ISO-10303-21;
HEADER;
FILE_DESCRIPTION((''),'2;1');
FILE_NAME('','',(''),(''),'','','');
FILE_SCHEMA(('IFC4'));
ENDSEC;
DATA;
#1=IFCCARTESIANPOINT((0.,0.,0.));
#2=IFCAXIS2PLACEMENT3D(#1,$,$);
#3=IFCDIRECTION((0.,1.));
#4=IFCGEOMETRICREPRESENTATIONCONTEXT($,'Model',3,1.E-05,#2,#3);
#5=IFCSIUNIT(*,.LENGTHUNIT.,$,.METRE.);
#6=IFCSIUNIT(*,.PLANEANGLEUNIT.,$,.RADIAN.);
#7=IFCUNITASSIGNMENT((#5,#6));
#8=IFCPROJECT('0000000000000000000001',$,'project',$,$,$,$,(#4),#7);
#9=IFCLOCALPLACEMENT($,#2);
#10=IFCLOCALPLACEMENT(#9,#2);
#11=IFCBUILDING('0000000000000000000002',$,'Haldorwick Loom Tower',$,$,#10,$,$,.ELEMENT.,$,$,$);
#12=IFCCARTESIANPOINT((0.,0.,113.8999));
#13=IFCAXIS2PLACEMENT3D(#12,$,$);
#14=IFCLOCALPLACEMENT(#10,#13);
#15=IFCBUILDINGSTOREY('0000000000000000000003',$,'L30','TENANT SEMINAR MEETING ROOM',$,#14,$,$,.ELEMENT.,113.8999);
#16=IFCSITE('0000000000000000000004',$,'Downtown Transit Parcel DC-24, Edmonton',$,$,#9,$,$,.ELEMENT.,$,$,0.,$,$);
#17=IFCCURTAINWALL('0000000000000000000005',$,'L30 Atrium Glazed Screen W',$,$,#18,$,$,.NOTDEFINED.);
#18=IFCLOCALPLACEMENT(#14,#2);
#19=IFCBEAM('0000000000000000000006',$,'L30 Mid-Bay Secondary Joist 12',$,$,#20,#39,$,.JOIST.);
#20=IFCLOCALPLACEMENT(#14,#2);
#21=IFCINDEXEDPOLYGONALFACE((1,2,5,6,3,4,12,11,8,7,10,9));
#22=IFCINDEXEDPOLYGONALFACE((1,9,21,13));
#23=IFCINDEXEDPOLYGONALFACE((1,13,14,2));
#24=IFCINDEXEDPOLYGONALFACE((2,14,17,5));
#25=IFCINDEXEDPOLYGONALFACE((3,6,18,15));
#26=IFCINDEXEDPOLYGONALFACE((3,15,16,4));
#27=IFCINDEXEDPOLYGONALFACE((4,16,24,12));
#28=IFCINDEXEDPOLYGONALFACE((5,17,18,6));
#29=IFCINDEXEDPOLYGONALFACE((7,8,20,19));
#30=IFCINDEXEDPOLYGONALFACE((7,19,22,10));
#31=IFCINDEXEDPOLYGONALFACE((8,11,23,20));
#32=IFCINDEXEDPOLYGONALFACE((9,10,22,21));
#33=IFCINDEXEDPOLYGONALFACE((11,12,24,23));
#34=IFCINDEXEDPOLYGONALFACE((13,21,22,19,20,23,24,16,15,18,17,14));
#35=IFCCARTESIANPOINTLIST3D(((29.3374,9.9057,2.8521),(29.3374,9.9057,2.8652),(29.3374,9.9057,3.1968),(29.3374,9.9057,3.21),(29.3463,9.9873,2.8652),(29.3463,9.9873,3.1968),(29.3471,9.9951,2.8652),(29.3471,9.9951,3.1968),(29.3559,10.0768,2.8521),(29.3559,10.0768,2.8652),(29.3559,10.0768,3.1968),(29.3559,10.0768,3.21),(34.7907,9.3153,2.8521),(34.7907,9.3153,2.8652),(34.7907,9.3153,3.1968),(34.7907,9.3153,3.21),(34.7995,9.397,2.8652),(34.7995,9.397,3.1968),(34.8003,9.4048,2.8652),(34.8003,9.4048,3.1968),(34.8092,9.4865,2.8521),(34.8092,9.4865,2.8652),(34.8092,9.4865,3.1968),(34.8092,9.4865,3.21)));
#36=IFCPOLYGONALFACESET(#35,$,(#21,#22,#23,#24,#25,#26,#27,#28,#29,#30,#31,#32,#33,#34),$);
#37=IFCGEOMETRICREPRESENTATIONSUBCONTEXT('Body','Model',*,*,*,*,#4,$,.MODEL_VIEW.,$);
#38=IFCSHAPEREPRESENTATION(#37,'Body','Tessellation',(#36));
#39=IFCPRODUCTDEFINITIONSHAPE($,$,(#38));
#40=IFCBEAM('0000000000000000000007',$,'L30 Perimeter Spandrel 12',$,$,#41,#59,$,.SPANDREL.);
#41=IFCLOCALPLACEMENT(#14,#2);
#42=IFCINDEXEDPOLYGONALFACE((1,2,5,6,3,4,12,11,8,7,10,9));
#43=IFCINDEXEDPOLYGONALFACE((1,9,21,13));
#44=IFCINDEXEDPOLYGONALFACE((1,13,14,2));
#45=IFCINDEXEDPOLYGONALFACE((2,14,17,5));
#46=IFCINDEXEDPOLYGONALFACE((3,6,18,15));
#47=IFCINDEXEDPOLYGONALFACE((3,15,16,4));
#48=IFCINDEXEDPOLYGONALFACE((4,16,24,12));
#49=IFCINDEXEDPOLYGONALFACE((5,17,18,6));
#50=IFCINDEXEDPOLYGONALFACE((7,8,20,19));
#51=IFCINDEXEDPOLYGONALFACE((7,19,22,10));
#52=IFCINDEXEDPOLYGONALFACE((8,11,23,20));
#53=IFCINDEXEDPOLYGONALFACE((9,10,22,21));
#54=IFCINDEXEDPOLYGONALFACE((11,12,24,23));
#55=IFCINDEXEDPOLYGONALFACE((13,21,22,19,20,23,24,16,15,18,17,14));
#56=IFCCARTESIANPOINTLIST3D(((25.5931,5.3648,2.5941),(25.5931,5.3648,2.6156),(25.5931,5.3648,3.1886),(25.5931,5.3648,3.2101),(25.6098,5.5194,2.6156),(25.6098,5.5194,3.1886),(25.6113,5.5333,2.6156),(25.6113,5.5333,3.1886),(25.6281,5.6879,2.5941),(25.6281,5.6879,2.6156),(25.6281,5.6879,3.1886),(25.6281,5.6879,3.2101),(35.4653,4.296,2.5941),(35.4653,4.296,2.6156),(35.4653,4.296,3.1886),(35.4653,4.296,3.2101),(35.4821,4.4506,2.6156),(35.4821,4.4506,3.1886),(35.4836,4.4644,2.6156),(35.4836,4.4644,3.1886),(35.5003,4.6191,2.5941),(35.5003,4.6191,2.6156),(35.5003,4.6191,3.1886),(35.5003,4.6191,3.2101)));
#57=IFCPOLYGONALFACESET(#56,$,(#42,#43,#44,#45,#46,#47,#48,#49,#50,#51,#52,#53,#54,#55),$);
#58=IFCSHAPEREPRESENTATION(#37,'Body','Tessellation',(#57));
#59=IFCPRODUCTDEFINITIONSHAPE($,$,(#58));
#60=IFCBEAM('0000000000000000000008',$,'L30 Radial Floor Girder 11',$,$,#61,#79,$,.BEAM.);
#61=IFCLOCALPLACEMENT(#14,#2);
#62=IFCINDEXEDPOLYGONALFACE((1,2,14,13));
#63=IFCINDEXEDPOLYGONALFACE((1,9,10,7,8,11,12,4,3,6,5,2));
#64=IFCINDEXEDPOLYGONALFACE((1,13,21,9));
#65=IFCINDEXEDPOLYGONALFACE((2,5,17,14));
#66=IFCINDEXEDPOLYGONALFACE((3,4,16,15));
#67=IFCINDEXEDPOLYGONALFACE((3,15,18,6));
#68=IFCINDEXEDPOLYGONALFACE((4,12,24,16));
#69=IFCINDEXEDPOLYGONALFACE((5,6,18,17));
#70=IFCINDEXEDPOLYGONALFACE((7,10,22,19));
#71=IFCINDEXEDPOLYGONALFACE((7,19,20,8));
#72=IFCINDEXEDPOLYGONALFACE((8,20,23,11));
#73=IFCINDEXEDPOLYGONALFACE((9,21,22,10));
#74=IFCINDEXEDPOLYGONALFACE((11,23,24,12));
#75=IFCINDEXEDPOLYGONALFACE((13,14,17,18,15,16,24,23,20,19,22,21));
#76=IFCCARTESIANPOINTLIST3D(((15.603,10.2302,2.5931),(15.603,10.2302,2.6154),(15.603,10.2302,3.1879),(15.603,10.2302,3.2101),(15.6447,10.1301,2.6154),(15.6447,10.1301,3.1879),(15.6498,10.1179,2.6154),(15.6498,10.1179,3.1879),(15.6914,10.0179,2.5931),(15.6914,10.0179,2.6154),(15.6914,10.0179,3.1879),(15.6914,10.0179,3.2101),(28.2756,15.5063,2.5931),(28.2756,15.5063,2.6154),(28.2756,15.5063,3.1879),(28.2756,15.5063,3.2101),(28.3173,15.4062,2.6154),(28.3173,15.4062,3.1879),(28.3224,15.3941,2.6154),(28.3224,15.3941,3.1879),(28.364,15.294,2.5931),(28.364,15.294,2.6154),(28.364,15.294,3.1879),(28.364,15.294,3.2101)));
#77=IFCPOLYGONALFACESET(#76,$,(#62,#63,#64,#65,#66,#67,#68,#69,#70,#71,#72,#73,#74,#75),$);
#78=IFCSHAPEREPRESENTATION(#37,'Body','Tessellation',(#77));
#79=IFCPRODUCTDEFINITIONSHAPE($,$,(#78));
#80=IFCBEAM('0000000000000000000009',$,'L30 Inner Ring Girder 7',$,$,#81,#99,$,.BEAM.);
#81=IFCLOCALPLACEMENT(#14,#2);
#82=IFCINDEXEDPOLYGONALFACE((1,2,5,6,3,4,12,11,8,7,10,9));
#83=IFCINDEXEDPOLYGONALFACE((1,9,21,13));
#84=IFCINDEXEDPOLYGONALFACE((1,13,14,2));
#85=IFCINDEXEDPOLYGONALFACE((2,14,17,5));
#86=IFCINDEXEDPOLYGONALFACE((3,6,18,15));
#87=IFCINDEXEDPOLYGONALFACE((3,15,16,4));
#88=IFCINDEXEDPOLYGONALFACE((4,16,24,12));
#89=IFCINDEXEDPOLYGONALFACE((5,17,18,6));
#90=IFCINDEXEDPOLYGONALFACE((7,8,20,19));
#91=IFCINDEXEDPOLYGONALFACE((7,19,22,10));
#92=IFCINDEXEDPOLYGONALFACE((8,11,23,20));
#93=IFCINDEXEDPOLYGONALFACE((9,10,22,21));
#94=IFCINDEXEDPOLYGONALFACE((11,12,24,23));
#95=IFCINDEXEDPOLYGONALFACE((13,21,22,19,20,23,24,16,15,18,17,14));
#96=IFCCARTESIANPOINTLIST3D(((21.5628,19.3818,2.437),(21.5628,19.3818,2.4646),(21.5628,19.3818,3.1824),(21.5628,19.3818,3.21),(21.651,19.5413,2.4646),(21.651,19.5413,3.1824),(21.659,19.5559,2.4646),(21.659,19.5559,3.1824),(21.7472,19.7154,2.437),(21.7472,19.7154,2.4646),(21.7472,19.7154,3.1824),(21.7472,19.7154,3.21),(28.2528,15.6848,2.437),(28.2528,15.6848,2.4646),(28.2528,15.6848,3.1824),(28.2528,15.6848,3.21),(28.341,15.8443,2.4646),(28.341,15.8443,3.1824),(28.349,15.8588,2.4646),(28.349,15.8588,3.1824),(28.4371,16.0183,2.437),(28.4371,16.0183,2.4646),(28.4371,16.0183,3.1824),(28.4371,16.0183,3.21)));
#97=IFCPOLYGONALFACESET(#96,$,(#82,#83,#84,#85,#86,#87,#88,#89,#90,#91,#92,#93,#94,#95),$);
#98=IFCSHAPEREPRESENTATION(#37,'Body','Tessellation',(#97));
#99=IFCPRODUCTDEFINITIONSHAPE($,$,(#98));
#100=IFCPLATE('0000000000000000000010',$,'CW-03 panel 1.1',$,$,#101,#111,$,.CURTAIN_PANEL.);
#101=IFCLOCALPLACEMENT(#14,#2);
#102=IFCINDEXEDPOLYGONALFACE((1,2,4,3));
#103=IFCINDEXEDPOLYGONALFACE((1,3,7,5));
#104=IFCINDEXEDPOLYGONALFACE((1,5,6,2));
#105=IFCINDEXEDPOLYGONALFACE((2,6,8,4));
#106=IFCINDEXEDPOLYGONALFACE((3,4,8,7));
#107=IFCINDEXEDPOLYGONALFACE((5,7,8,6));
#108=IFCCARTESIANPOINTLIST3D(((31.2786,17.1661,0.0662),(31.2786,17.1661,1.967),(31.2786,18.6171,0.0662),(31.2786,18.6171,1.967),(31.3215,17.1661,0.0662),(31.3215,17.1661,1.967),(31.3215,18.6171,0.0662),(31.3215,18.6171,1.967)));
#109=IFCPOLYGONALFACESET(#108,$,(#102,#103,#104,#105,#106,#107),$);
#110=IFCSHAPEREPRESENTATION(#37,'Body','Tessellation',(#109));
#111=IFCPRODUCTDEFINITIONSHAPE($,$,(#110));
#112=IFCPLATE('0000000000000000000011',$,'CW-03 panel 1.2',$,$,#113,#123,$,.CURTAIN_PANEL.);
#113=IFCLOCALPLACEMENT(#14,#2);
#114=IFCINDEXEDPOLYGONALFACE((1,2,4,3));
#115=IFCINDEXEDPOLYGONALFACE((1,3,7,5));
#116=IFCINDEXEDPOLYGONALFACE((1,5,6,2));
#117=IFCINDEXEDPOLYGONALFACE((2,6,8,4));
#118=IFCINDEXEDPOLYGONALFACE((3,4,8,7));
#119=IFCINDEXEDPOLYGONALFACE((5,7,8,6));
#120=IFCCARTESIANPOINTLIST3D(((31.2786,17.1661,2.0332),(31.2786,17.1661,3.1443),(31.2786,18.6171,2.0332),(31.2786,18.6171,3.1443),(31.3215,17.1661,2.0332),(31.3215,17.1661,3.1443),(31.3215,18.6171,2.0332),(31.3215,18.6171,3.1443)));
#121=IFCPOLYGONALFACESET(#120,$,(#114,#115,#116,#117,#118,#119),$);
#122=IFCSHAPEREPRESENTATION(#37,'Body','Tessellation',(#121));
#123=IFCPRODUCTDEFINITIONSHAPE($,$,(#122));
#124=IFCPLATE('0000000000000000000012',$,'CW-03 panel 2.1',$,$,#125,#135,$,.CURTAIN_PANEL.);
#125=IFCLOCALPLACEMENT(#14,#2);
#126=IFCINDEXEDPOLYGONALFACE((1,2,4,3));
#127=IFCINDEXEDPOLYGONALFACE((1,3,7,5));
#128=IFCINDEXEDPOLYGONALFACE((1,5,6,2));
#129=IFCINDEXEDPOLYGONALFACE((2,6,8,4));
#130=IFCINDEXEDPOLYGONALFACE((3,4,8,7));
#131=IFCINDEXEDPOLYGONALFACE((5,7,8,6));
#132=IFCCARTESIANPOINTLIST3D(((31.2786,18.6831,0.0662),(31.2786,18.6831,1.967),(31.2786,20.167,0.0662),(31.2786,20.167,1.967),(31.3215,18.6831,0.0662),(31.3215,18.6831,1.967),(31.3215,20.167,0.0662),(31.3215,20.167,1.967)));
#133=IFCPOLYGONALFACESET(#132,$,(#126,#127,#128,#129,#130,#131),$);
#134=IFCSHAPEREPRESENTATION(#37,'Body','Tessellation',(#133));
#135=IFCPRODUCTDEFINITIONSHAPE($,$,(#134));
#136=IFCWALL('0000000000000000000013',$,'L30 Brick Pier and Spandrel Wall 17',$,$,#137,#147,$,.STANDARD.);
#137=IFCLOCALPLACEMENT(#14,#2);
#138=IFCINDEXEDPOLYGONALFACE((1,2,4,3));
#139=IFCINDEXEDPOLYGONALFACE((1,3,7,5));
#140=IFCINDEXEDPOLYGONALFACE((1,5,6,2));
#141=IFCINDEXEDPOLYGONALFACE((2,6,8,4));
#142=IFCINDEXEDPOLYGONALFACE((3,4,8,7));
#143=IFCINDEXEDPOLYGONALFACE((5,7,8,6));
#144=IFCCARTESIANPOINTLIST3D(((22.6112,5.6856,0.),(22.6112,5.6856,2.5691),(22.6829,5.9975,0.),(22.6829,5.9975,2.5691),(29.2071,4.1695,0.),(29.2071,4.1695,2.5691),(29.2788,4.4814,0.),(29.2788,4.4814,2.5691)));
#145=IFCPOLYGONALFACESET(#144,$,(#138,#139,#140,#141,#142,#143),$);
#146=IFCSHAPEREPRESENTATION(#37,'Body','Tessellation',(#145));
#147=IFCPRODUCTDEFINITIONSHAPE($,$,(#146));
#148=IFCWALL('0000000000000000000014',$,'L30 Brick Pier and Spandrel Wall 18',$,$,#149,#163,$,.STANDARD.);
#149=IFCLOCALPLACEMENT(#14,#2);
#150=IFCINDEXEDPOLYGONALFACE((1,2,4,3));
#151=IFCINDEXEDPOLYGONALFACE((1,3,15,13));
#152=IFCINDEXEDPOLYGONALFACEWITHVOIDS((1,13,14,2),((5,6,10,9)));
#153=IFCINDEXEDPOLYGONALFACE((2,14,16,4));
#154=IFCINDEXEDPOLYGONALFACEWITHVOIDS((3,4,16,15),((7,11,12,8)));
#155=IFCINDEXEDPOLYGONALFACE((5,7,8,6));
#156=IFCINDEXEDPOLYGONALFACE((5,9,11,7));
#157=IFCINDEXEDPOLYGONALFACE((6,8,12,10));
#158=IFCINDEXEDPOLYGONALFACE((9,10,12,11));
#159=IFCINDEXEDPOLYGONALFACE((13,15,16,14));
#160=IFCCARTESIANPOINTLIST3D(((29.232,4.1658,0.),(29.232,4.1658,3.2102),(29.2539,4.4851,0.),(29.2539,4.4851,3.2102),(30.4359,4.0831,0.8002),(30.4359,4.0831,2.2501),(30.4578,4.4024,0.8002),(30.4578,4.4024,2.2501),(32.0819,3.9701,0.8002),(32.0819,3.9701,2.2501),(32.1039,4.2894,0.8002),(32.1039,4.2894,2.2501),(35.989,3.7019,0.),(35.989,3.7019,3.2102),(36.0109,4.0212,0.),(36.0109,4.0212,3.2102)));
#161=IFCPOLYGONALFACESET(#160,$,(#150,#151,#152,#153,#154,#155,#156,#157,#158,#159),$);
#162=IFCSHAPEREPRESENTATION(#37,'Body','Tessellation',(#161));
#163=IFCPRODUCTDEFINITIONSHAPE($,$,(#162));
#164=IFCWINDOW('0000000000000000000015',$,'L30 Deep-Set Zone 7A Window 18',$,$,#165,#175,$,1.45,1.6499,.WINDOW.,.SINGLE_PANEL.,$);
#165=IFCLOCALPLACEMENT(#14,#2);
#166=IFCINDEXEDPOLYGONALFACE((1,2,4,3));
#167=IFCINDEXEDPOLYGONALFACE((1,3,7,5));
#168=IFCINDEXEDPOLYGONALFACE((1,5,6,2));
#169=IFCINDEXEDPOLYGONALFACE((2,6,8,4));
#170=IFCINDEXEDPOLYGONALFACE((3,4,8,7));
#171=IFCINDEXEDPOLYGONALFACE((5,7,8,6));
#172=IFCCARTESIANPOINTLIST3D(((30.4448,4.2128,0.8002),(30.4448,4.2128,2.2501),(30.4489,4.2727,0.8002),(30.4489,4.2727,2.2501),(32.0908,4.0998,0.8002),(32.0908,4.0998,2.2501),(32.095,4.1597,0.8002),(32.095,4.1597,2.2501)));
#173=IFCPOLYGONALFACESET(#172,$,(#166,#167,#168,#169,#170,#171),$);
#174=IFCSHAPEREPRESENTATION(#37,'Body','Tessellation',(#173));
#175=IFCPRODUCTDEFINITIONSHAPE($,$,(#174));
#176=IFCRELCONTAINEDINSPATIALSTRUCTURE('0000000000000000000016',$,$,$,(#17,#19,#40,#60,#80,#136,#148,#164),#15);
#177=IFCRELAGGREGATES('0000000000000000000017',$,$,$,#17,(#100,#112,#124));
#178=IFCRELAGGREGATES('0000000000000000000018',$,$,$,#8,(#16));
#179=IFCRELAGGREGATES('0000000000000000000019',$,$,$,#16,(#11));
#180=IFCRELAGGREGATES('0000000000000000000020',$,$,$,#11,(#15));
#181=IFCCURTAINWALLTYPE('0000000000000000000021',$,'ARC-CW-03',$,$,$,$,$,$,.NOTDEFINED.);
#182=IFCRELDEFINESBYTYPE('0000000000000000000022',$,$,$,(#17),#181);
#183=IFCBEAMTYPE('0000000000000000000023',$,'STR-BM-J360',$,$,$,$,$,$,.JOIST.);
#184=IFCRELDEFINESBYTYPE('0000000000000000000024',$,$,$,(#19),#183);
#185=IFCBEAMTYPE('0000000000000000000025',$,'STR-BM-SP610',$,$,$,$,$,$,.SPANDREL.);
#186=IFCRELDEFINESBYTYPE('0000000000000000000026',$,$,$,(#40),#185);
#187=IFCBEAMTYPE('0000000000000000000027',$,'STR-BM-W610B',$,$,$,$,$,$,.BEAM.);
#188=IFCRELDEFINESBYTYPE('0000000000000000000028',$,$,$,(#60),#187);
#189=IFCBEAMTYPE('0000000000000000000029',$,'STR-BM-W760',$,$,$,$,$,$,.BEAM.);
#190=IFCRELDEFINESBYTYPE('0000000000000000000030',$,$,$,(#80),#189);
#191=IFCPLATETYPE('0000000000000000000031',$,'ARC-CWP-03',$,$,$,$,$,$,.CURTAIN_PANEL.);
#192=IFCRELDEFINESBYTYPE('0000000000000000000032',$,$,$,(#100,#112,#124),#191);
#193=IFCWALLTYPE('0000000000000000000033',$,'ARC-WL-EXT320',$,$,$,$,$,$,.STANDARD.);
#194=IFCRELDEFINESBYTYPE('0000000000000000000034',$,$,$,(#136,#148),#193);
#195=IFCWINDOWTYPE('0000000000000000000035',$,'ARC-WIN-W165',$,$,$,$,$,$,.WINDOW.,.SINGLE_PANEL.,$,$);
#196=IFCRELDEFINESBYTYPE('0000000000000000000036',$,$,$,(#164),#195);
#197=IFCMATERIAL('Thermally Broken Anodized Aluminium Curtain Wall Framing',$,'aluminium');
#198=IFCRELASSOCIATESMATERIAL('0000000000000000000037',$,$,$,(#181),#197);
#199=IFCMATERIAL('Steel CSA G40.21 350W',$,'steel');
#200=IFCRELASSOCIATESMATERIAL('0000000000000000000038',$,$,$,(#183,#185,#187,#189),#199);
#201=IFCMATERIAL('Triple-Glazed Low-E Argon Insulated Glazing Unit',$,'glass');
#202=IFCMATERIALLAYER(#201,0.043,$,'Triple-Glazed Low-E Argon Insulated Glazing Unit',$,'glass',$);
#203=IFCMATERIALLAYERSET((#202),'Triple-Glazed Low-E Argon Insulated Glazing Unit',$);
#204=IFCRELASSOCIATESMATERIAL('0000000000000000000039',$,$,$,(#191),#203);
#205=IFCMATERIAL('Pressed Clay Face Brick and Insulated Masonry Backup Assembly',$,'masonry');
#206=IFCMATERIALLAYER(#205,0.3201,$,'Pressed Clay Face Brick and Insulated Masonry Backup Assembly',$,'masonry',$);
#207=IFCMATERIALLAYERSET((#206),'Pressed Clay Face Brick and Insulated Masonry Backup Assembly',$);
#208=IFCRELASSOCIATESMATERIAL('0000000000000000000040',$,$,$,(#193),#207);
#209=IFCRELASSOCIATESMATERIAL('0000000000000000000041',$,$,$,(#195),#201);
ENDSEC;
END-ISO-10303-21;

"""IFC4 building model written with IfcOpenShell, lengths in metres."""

from ifc_helpers import new_model, si_unit, direction, frame, frame_2d, origin, origin_2d, place, context, subcontext, project, spatial, rectangle, i_section, extrude, material, layer, layer_set, material_profile, profile_set, type_object, element, fill, aggregate, save


model = new_model("IFC4")

# Units and contexts
model_context = context("Model", 3, precision=1e-05, world=origin(), true_north=direction((0.0, 1.0)))
body_context = subcontext(model_context, "Body", "Model", "MODEL_VIEW")
ifc_project = project(units=[si_unit("LENGTHUNIT", "METRE"), si_unit("PLANEANGLEUNIT", "RADIAN")], contexts=[model_context])

# Site, building, storey
site_placement = place(None, origin())
site = spatial("IfcSite", under=ifc_project, at=site_placement, Name="Downtown Transit Parcel DC-24, Edmonton", CompositionType="ELEMENT", RefElevation=0.0)
building_placement = place(site_placement, origin())
building = spatial("IfcBuilding", under=site, at=building_placement, Name="Haldorwick Loom Tower", CompositionType="ELEMENT")
storey_placement = place(building_placement, frame((0.0, 0.0, 113.8999)))
storey = spatial("IfcBuildingStorey", under=building, at=storey_placement, Name="L30", Description="TENANT SEMINAR MEETING ROOM", CompositionType="ELEMENT", Elevation=113.8999)

# Curtain wall
ifc_material_1 = material(Name="Thermally Broken Anodized Aluminium Curtain Wall Framing", Category="aluminium")
curtain_wall_type = type_object("IfcCurtainWallType", Name="ARC-CW-03", PredefinedType="NOTDEFINED", material=ifc_material_1)
curtain_wall_placement = place(storey_placement, origin())
curtain_wall = element("IfcCurtainWall", 1, at=curtain_wall_placement, inside=storey, type_object=curtain_wall_type, Name="L30 Atrium Glazed Screen W", PredefinedType="NOTDEFINED")

# Beams
ifc_material_2 = material(Name="Steel CSA G40.21 350W", Category="steel")
ifc_material_profile_1 = material_profile(ifc_material_2, i_section(OverallWidth=0.1721, OverallDepth=0.3579, WebThickness=0.0078, FlangeThickness=0.0132, at=origin_2d()), Name="W360X57", Category="steel")
ifc_profile_set_1 = profile_set([ifc_material_profile_1], Name="Steel CSA G40.21 350W")
beam_type_1 = type_object("IfcBeamType", Name="STR-BM-J360", PredefinedType="JOIST", material=ifc_profile_set_1)
beam_1_placement = place(storey_placement, frame((29.3467, 9.9912, 3.031), z_axis=(0.994192, -0.107622, 0.0), x_axis=(0.107622, 0.994192, 0.0)))
element("IfcBeam", 2, at=beam_1_placement, inside=storey, type_object=beam_type_1, Name="L30 Mid-Bay Secondary Joist 12", PredefinedType="JOIST", context=body_context, shape_type="SweptSolid", body=[
    extrude(i_section(OverallWidth=0.1721, OverallDepth=0.3579, WebThickness=0.0078, FlangeThickness=0.0132, at=origin_2d()), origin(), (0.0, 0.0, 1.0), 5.4851),
])
ifc_material_profile_2 = material_profile(ifc_material_2, i_section(OverallWidth=0.325, OverallDepth=0.616, WebThickness=0.0139, FlangeThickness=0.0215, at=origin_2d()), Name="W610X174", Category="steel")
ifc_profile_set_2 = profile_set([ifc_material_profile_2], Name="Steel CSA G40.21 350W")
beam_type_2 = type_object("IfcBeamType", Name="STR-BM-SP610", PredefinedType="SPANDREL", material=ifc_profile_set_2)
beam_2_placement = place(storey_placement, frame((25.6106, 5.5264, 2.9021), z_axis=(0.99419, -0.107638, 0.0), x_axis=(0.107638, 0.99419, 0.0)))
element("IfcBeam", 3, at=beam_2_placement, inside=storey, type_object=beam_type_2, Name="L30 Perimeter Spandrel 12", PredefinedType="SPANDREL", context=body_context, shape_type="SweptSolid", body=[
    extrude(i_section(OverallWidth=0.325, OverallDepth=0.616, WebThickness=0.0139, FlangeThickness=0.0215, at=origin_2d()), origin(), (0.0, 0.0, 1.0), 9.9299),
])
ifc_material_profile_3 = material_profile(ifc_material_2, i_section(OverallWidth=0.23, OverallDepth=0.6169, WebThickness=0.0132, FlangeThickness=0.0222, at=origin_2d()), Name="W610X140", Category="steel")
ifc_profile_set_3 = profile_set([ifc_material_profile_3], Name="Steel CSA G40.21 350W")
beam_type_3 = type_object("IfcBeamType", Name="STR-BM-W610B", PredefinedType="BEAM", material=ifc_profile_set_3)
beam_3_placement = place(storey_placement, frame((28.3198, 15.4001, 2.9016), z_axis=(-0.923184, -0.384359, 0.0), x_axis=(0.384359, -0.923184, 0.0)))
element("IfcBeam", 4, at=beam_3_placement, inside=storey, type_object=beam_type_3, Name="L30 Radial Floor Girder 11", PredefinedType="BEAM", context=body_context, shape_type="SweptSolid", body=[
    extrude(i_section(OverallWidth=0.23, OverallDepth=0.6169, WebThickness=0.0132, FlangeThickness=0.0222, at=origin_2d()), origin(), (0.0, 0.0, 1.0), 13.7271),
])
ifc_material_profile_4 = material_profile(ifc_material_2, i_section(OverallWidth=0.3811, OverallDepth=0.7729, WebThickness=0.0166, FlangeThickness=0.0276, at=origin_2d()), Name="W760X257", Category="steel")
ifc_profile_set_4 = profile_set([ifc_material_profile_4], Name="Steel CSA G40.21 350W")
beam_type_4 = type_object("IfcBeamType", Name="STR-BM-W760", PredefinedType="BEAM", material=ifc_profile_set_4)
beam_4_placement = place(storey_placement, frame((28.345, 15.8516, 2.8235), z_axis=(-0.875244, 0.483681, 0.0), x_axis=(-0.483681, -0.875244, 0.0)))
element("IfcBeam", 5, at=beam_4_placement, inside=storey, type_object=beam_type_4, Name="L30 Inner Ring Girder 7", PredefinedType="BEAM", context=body_context, shape_type="SweptSolid", body=[
    extrude(i_section(OverallWidth=0.3811, OverallDepth=0.7729, WebThickness=0.0166, FlangeThickness=0.0276, at=origin_2d()), origin(), (0.0, 0.0, 1.0), 7.6436),
])

# Plates
ifc_material_3 = material(Name="Triple-Glazed Low-E Argon Insulated Glazing Unit", Category="glass")
ifc_layer_1 = layer(ifc_material_3, 0.043, Name="Triple-Glazed Low-E Argon Insulated Glazing Unit", Category="glass")
ifc_layer_set_1 = layer_set([ifc_layer_1], Name="Triple-Glazed Low-E Argon Insulated Glazing Unit")
plate_type = type_object("IfcPlateType", Name="ARC-CWP-03", PredefinedType="CURTAIN_PANEL", material=ifc_layer_set_1)
plate_1_placement = place(storey_placement, frame((31.3, 17.8916, 0.0662), z_axis=(0.0, 0.0, 1.0), x_axis=(0.0, 1.0, 0.0)))
plate_1 = element("IfcPlate", 6, at=plate_1_placement, type_object=plate_type, Name="CW-03 panel 1.1", PredefinedType="CURTAIN_PANEL", context=body_context, shape_type="SweptSolid", body=[
    extrude(rectangle(XDim=1.4509, YDim=0.043, at=origin_2d()), origin(), (0.0, 0.0, 1.0), 1.9009),
])
plate_2_placement = place(storey_placement, frame((31.3, 17.8916, 2.0332), z_axis=(0.0, 0.0, 1.0), x_axis=(0.0, 1.0, 0.0)))
plate_2 = element("IfcPlate", 7, at=plate_2_placement, type_object=plate_type, Name="CW-03 panel 1.2", PredefinedType="CURTAIN_PANEL", context=body_context, shape_type="SweptSolid", body=[
    extrude(rectangle(XDim=1.4509, YDim=0.043, at=origin_2d()), origin(), (0.0, 0.0, 1.0), 1.1111),
])
plate_3_placement = place(storey_placement, frame((31.3, 19.425, 0.0662), z_axis=(0.0, 0.0, 1.0), x_axis=(0.0, 1.0, 0.0)))
plate_3 = element("IfcPlate", 8, at=plate_3_placement, type_object=plate_type, Name="CW-03 panel 2.1", PredefinedType="CURTAIN_PANEL", context=body_context, shape_type="SweptSolid", body=[
    extrude(rectangle(XDim=1.4839, YDim=0.043, at=origin_2d()), origin(), (0.0, 0.0, 1.0), 1.9009),
])
aggregate(curtain_wall, [plate_1, plate_2, plate_3])

# Wall
ifc_material_4 = material(Name="Pressed Clay Face Brick and Insulated Masonry Backup Assembly", Category="masonry")
ifc_layer_2 = layer(ifc_material_4, 0.3201, Name="Pressed Clay Face Brick and Insulated Masonry Backup Assembly", Category="masonry")
ifc_layer_set_2 = layer_set([ifc_layer_2], Name="Pressed Clay Face Brick and Insulated Masonry Backup Assembly")
wall_type_1 = type_object("IfcWallType", Name="ARC-WL-EXT320", PredefinedType="STANDARD", material=ifc_layer_set_2)
wall_1_placement = place(storey_placement, frame((22.6472, 5.8416, 0.0), z_axis=(0.0, 0.0, 1.0), x_axis=(0.974584, -0.224022, 0.0)))
element("IfcWall", 9, at=wall_1_placement, inside=storey, type_object=wall_type_1, Name="L30 Brick Pier and Spandrel Wall 17", PredefinedType="STANDARD", context=body_context, shape_type="SweptSolid", body=[
    extrude(rectangle(XDim=6.7678, YDim=0.3201, at=frame_2d((3.3838, 0.0))), origin(), (0.0, 0.0, 1.0), 2.5691),
])

# Wall, opening, window
wall_2_placement = place(storey_placement, frame((29.2429, 4.3254, 0.0), z_axis=(0.0, 0.0, 1.0), x_axis=(0.997652, -0.068488, 0.0)))
wall_2 = element("IfcWall", 10, at=wall_2_placement, inside=storey, type_object=wall_type_1, Name="L30 Brick Pier and Spandrel Wall 18", PredefinedType="STANDARD", context=body_context, shape_type="SweptSolid", body=[
    extrude(rectangle(XDim=6.7729, YDim=0.3201, at=frame_2d((3.3865, 0.0))), origin(), (0.0, 0.0, 1.0), 3.2102),
])
opening_placement = place(wall_2_placement, frame((1.2068, 0.0, 0.8)))
opening = element("IfcOpeningElement", 11, at=opening_placement, cuts=wall_2, PredefinedType="OPENING", context=body_context, shape_type="SweptSolid", body=[
    extrude(rectangle(XDim=1.6499, YDim=1.45, at=frame_2d((0.825, 0.7251))), frame((0.0, 0.1699, 0.0), z_axis=(0.0, -1.0, 0.0), x_axis=(1.0, 0.0, 0.0)), (0.0, 0.0, 1.0), 0.3401),
])
window_type = type_object("IfcWindowType", Name="ARC-WIN-W165", PartitioningType="SINGLE_PANEL", PredefinedType="WINDOW", material=ifc_material_3)
window_placement = place(opening_placement, origin())
window = element("IfcWindow", 12, at=window_placement, inside=storey, type_object=window_type, Name="L30 Deep-Set Zone 7A Window 18", OverallHeight=1.45, OverallWidth=1.6499, PartitioningType="SINGLE_PANEL", PredefinedType="WINDOW", context=body_context, shape_type="SweptSolid", body=[
    extrude(rectangle(XDim=1.6499, YDim=1.45, at=frame_2d((0.825, 0.7251))), frame((0.0, 0.03, 0.0), z_axis=(0.0, -1.0, 0.0), x_axis=(1.0, 0.0, 0.0)), (0.0, 0.0, 1.0), 0.0601),
])
fill(opening, window)

save(model, "model.ifc")
